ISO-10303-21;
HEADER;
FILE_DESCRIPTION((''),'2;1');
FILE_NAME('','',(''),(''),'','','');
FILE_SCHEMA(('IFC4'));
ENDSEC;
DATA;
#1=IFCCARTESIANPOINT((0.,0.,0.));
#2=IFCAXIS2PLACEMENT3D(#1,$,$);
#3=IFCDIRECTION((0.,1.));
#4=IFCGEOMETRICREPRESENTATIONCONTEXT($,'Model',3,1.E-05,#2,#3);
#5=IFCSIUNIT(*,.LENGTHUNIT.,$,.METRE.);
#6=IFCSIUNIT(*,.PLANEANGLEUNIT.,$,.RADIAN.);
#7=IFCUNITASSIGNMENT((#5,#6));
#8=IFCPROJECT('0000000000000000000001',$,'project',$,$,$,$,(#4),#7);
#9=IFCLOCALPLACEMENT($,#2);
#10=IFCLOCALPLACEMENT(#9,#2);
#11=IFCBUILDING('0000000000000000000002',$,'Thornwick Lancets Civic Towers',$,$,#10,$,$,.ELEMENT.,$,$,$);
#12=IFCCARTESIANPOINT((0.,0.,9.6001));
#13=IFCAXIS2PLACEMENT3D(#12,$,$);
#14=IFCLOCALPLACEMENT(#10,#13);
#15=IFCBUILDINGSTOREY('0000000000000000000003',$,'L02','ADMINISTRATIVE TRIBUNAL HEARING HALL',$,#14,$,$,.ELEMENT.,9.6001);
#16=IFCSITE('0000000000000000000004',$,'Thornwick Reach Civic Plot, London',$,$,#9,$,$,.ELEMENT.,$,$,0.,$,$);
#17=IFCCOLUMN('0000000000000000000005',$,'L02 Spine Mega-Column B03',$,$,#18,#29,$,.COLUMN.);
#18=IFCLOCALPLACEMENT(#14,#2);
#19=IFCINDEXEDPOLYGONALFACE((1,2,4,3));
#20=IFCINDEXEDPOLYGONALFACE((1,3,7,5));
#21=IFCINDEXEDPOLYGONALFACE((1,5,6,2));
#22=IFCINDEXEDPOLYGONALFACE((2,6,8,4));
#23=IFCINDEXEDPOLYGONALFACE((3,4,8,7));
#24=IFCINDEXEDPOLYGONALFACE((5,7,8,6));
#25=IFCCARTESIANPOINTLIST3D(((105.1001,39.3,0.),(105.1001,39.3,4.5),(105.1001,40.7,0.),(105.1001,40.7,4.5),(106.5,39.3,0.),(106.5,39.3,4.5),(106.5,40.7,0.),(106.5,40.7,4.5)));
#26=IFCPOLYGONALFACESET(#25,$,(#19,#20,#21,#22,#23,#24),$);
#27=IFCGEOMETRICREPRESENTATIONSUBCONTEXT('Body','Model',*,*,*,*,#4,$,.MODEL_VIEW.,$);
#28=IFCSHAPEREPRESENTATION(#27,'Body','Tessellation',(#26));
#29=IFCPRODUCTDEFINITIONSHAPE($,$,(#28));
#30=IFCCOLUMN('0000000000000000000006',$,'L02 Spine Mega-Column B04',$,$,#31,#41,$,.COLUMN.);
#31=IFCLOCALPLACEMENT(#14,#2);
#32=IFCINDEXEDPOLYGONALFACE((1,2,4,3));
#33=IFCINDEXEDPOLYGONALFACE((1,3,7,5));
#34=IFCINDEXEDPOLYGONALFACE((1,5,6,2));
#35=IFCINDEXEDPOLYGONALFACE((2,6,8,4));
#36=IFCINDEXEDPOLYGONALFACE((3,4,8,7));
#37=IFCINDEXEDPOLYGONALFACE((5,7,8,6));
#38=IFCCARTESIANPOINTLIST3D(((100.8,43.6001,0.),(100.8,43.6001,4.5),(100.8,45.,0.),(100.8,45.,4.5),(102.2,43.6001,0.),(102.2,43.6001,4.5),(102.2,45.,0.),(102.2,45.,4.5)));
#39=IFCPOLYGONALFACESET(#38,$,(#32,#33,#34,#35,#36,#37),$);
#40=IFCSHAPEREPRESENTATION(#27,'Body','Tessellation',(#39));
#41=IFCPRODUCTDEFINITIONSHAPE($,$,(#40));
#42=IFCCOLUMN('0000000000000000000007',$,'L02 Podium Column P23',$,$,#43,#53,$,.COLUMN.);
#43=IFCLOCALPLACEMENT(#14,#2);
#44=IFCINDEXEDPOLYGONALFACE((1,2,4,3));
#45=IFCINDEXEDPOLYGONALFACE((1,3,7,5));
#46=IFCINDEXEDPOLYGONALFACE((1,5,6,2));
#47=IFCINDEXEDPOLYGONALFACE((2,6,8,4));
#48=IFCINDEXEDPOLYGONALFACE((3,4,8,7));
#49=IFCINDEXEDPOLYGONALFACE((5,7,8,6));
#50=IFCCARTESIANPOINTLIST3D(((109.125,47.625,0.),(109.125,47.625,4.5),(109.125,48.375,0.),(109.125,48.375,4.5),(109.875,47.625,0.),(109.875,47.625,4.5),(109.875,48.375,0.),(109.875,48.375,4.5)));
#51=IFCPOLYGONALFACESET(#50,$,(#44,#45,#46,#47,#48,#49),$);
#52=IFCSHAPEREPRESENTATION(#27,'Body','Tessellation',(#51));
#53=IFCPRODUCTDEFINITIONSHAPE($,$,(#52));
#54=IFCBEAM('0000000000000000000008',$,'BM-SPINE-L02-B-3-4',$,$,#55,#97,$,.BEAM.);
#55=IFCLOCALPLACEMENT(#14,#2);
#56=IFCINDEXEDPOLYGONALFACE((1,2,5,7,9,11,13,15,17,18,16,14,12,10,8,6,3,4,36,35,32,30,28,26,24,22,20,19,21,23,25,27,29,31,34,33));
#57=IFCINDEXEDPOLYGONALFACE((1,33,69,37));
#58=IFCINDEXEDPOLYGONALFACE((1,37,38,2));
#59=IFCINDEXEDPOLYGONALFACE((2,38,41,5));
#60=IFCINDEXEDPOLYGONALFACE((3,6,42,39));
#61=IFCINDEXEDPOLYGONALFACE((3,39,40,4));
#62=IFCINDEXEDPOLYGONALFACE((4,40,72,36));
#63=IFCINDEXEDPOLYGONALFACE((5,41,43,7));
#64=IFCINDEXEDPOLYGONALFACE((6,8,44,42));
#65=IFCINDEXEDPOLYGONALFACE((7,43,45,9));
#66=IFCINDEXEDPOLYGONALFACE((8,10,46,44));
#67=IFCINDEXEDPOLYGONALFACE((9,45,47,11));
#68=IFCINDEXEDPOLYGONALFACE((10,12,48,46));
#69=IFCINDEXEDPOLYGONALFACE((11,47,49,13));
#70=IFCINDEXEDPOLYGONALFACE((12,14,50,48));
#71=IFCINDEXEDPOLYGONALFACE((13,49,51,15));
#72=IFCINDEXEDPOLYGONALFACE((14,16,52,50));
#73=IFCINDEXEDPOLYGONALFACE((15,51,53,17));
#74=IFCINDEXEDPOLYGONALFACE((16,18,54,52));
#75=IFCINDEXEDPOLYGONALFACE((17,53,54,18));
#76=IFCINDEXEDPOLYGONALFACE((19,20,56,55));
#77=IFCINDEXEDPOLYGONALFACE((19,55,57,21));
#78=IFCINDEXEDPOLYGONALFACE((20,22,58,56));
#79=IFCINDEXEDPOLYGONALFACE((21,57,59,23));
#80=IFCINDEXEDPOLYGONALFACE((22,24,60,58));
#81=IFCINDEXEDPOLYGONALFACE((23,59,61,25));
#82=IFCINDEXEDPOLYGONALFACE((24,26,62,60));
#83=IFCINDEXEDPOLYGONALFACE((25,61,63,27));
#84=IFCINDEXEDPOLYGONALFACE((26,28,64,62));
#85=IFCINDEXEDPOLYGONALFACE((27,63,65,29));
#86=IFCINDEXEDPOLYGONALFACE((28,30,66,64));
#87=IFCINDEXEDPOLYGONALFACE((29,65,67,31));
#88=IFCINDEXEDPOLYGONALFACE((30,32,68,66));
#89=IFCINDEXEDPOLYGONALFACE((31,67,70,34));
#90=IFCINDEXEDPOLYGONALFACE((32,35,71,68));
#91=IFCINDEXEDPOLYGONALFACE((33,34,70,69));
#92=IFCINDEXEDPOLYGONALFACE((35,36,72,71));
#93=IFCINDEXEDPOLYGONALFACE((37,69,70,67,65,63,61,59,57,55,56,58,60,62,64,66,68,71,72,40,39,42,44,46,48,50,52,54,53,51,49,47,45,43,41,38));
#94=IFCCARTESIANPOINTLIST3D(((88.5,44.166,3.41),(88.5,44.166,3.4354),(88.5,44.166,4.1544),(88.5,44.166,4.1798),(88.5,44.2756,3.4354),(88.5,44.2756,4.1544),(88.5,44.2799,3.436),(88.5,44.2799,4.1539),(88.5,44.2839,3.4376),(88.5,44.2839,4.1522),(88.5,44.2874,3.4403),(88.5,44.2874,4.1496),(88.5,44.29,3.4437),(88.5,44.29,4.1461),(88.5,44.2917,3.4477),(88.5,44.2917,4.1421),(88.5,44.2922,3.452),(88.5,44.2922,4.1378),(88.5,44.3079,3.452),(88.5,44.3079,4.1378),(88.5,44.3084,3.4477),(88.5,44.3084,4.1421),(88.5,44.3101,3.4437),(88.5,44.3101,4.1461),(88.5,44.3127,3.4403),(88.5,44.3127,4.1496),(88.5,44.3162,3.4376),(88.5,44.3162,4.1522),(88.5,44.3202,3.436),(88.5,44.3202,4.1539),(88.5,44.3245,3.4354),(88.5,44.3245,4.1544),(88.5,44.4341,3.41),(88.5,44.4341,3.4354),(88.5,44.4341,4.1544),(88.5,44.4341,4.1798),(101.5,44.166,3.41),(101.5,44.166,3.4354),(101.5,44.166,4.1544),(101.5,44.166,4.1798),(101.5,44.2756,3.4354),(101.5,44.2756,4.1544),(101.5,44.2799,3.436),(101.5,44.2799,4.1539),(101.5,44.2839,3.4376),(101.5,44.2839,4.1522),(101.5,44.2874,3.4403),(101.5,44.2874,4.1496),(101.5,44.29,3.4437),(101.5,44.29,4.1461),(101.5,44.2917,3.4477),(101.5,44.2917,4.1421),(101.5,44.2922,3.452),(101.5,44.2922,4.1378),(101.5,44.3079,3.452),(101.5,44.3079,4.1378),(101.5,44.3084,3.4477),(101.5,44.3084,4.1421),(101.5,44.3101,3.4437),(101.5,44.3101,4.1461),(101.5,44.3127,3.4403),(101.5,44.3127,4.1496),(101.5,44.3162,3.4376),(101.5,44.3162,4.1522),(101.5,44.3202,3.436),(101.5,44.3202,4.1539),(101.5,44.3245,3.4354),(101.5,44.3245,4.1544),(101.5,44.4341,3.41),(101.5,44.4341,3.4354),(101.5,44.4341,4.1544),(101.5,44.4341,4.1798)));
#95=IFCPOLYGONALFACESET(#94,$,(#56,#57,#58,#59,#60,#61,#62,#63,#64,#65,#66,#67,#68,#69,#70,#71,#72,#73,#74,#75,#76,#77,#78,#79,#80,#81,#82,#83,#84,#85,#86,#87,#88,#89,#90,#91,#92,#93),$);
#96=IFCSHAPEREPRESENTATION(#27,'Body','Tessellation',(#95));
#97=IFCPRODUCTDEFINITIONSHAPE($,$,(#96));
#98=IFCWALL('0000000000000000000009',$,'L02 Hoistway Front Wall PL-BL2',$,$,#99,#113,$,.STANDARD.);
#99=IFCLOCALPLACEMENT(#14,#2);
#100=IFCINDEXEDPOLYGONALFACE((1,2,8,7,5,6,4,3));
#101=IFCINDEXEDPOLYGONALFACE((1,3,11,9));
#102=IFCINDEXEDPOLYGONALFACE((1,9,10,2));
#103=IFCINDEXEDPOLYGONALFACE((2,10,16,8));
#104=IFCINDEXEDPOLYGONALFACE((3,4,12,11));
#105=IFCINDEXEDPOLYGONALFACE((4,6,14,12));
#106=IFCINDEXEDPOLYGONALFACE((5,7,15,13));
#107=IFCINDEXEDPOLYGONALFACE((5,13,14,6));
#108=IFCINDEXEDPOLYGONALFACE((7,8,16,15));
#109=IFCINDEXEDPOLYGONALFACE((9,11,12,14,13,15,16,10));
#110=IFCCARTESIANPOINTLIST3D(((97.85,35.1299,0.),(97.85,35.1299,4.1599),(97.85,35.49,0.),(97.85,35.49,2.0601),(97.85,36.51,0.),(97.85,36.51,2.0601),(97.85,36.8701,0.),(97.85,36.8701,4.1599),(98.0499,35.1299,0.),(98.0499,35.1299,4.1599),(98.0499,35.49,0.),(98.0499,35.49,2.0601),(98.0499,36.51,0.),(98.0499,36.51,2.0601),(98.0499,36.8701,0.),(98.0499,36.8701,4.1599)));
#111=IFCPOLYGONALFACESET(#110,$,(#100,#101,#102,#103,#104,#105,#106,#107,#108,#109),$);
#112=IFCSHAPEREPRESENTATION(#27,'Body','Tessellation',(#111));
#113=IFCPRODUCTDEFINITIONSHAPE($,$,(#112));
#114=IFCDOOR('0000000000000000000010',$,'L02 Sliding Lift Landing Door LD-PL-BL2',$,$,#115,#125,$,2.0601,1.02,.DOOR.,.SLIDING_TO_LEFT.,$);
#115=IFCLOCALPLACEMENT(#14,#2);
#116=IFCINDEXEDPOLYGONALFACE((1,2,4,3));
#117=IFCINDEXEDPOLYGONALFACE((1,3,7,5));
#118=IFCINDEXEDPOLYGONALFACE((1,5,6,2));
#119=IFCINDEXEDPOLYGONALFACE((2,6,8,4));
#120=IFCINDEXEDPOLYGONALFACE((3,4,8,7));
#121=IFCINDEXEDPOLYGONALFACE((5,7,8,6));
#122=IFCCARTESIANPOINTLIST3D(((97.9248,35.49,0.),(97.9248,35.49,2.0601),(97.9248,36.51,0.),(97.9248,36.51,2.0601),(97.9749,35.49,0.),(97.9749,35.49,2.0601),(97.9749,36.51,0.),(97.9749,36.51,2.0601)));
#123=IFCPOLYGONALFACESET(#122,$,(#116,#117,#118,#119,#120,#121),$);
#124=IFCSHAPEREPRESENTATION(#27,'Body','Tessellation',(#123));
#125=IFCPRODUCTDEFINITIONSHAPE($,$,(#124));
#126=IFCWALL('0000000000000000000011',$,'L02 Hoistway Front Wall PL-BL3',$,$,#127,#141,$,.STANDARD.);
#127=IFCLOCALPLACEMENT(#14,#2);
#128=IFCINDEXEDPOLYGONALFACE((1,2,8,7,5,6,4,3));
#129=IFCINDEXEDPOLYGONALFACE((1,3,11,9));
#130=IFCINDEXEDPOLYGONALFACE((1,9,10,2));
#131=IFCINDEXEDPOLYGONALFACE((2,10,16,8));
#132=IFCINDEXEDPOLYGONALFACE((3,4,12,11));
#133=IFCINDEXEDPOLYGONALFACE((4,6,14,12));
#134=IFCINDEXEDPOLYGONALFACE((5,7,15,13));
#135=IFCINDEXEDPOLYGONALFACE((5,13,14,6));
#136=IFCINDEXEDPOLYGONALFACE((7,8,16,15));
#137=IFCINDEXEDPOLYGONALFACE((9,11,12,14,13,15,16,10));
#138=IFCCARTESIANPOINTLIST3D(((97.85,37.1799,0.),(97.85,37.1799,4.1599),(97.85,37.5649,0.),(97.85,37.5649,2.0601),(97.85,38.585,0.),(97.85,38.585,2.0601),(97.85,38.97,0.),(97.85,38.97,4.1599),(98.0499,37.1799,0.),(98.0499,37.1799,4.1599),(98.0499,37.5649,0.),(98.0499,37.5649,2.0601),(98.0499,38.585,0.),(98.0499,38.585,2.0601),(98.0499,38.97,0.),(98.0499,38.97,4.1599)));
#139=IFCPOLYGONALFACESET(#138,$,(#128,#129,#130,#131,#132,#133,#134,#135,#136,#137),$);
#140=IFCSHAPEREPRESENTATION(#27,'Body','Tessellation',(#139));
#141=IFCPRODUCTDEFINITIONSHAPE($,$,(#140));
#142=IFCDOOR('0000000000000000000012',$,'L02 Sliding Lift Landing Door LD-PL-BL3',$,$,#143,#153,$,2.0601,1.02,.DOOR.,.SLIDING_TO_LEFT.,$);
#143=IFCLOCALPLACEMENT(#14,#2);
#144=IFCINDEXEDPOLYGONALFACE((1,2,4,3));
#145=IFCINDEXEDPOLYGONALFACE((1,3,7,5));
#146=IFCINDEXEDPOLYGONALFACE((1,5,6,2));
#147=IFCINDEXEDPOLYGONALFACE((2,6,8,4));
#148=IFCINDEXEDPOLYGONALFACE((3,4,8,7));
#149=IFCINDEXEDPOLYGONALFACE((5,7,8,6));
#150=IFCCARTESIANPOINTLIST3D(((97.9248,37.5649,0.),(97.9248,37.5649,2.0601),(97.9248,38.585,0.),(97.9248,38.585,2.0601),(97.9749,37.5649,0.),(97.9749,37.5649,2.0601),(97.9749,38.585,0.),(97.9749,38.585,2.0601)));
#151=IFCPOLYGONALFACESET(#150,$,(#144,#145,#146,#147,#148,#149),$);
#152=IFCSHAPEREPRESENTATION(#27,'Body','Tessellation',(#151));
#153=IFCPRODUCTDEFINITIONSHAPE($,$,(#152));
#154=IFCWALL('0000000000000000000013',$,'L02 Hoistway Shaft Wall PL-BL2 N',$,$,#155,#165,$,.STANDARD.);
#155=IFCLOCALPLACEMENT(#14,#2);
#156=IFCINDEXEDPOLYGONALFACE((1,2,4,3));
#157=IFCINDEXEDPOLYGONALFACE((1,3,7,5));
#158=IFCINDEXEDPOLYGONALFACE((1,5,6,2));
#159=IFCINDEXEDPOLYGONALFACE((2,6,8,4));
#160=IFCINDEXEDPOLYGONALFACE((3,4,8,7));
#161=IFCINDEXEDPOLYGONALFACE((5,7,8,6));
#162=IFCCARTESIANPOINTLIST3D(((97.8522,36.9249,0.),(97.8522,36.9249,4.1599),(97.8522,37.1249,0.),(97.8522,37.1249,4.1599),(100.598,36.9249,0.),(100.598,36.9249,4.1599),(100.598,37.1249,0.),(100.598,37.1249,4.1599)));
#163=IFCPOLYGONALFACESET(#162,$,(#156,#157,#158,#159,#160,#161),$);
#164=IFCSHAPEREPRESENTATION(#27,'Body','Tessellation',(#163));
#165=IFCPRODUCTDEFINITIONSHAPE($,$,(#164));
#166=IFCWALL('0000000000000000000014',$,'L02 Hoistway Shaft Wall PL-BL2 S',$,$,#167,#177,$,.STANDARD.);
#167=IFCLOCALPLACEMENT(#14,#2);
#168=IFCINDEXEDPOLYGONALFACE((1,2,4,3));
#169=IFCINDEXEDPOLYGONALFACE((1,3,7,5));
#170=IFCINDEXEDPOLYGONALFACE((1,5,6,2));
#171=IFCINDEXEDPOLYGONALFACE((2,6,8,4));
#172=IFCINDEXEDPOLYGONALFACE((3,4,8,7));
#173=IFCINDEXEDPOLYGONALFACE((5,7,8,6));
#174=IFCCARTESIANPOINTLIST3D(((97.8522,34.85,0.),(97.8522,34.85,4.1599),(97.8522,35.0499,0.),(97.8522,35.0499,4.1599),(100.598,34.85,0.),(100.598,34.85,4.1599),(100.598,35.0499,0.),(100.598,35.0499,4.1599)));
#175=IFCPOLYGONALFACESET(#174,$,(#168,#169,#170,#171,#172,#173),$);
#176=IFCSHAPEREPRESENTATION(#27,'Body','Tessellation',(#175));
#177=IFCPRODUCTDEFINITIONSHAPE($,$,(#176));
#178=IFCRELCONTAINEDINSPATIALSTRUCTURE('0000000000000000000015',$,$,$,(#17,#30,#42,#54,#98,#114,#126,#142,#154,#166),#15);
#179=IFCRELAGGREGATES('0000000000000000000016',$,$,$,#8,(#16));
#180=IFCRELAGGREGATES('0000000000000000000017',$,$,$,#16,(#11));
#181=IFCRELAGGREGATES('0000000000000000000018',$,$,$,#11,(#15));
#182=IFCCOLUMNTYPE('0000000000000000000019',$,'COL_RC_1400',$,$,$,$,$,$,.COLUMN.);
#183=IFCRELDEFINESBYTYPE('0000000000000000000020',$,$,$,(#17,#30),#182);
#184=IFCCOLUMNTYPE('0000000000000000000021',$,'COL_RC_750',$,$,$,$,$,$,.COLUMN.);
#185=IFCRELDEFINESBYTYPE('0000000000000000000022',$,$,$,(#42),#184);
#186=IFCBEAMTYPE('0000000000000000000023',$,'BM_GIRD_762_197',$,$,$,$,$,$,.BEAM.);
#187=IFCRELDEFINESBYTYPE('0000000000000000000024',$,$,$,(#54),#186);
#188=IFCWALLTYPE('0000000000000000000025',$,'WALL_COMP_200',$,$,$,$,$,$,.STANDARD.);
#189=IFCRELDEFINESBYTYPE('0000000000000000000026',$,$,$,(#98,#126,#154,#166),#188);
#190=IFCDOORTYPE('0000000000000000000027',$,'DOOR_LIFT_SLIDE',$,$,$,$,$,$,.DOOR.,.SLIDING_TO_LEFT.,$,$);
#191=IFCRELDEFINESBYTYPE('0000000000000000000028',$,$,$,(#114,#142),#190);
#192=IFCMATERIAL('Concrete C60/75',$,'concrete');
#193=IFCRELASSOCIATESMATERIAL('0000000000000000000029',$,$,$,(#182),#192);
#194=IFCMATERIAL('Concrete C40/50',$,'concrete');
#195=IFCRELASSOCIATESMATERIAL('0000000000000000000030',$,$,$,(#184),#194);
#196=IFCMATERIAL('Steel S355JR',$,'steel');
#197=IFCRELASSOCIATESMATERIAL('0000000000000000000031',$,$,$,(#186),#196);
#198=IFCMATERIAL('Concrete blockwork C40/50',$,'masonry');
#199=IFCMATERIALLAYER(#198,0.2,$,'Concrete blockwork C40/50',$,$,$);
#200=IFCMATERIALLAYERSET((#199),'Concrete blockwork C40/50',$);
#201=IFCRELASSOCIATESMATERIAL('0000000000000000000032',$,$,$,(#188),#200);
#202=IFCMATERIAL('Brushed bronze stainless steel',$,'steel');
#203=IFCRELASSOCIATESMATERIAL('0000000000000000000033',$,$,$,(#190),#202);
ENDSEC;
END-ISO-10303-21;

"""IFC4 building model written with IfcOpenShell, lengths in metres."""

from ifc_helpers import new_model, si_unit, direction, frame, frame_2d, origin, origin_2d, place, context, subcontext, project, spatial, rectangle, i_section, extrude, material, layer, layer_set, material_profile, profile_set, type_object, element, fill, save


model = new_model("IFC4")

# Units and contexts
model_context = context("Model", 3, precision=1e-05, world=origin(), true_north=direction((0.0, 1.0)))
body_context = subcontext(model_context, "Body", "Model", "MODEL_VIEW")
ifc_project = project(units=[si_unit("LENGTHUNIT", "METRE"), si_unit("PLANEANGLEUNIT", "RADIAN")], contexts=[model_context])

# Site, building, storey
site_placement = place(None, origin())
site = spatial("IfcSite", under=ifc_project, at=site_placement, Name="Thornwick Reach Civic Plot, London", CompositionType="ELEMENT", RefElevation=0.0)
building_placement = place(site_placement, origin())
building = spatial("IfcBuilding", under=site, at=building_placement, Name="Thornwick Lancets Civic Towers", CompositionType="ELEMENT")
storey_placement = place(building_placement, frame((0.0, 0.0, 9.6001)))
storey = spatial("IfcBuildingStorey", under=building, at=storey_placement, Name="L02", Description="ADMINISTRATIVE TRIBUNAL HEARING HALL", CompositionType="ELEMENT", Elevation=9.6001)

# Columns
ifc_material_1 = material(Name="Concrete C60/75", Category="concrete")
ifc_material_profile_1 = material_profile(ifc_material_1, rectangle(XDim=1.3999, YDim=1.3999, at=origin_2d()), Name="RC 1400x1400")
ifc_profile_set_1 = profile_set([ifc_material_profile_1], Name="Concrete C60/75")
column_type_1 = type_object("IfcColumnType", Name="COL_RC_1400", PredefinedType="COLUMN", material=ifc_profile_set_1)
for number, where, z_axis, x_axis, name in (
    (1, (105.8, 40.0, 0.0), (0.0, 0.0, 1.0), (1.0, 0.0, 0.0), "L02 Spine Mega-Column B03"),
    (2, (101.5, 44.3, 0.0), (0.0, 0.0, 1.0), (1.0, 0.0, 0.0), "L02 Spine Mega-Column B04"),
):
    element("IfcColumn", number, at=place(storey_placement, frame(where, z_axis=z_axis, x_axis=x_axis)), inside=storey, type_object=column_type_1, Name=name, PredefinedType="COLUMN", context=body_context, shape_type="SweptSolid", body=[
        extrude(rectangle(XDim=1.3999, YDim=1.3999, at=origin_2d()), origin(), (0.0, 0.0, 1.0), 4.5),
    ])
ifc_material_2 = material(Name="Concrete C40/50", Category="concrete")
ifc_material_profile_2 = material_profile(ifc_material_2, rectangle(XDim=0.75, YDim=0.75, at=origin_2d()), Name="RC 750x750")
ifc_profile_set_2 = profile_set([ifc_material_profile_2], Name="Concrete C40/50")
column_type_2 = type_object("IfcColumnType", Name="COL_RC_750", PredefinedType="COLUMN", material=ifc_profile_set_2)
column_placement = place(storey_placement, frame((109.5, 48.0, 0.0), z_axis=(0.0, 0.0, 1.0), x_axis=(1.0, 0.0, 0.0)))
element("IfcColumn", 3, at=column_placement, inside=storey, type_object=column_type_2, Name="L02 Podium Column P23", PredefinedType="COLUMN", context=body_context, shape_type="SweptSolid", body=[
    extrude(rectangle(XDim=0.75, YDim=0.75, at=origin_2d()), origin(), (0.0, 0.0, 1.0), 4.5),
])

# Beam
ifc_material_3 = material(Name="Steel S355JR", Category="steel")
ifc_material_profile_3 = material_profile(ifc_material_3, i_section(OverallWidth=0.2681, OverallDepth=0.7698, WebThickness=0.0156, FlangeThickness=0.0254, FilletRadius=0.0166, at=origin_2d()), Name="UKB 762x267x197")
ifc_profile_set_3 = profile_set([ifc_material_profile_3], Name="Steel S355JR")
beam_type = type_object("IfcBeamType", Name="BM_GIRD_762_197", PredefinedType="BEAM", material=ifc_profile_set_3)
beam_placement = place(storey_placement, frame((101.5, 44.3, 3.7949), z_axis=(-1.0, 0.0, 0.0), x_axis=(0.0, -1.0, 0.0)))
element("IfcBeam", 4, at=beam_placement, inside=storey, type_object=beam_type, Name="BM-SPINE-L02-B-3-4", PredefinedType="BEAM", context=body_context, shape_type="SweptSolid", body=[
    extrude(i_section(OverallWidth=0.2681, OverallDepth=0.7698, WebThickness=0.0156, FlangeThickness=0.0254, FilletRadius=0.0166, at=origin_2d()), origin(), (0.0, 0.0, 1.0), 13.0),
])

# Walls, openings, doors
ifc_material_4 = material(Name="Concrete blockwork C40/50", Category="masonry")
ifc_layer_1 = layer(ifc_material_4, 0.2, Name="Concrete blockwork C40/50")
ifc_layer_set_1 = layer_set([ifc_layer_1], Name="Concrete blockwork C40/50")
wall_type_1 = type_object("IfcWallType", Name="WALL_COMP_200", PredefinedType="STANDARD", material=ifc_layer_set_1)
wall_1_placement = place(storey_placement, frame((97.95, 36.8701, 0.0), z_axis=(0.0, 0.0, 1.0), x_axis=(0.0, -1.0, 0.0)))
wall_1 = element("IfcWall", 5, at=wall_1_placement, inside=storey, type_object=wall_type_1, Name="L02 Hoistway Front Wall PL-BL2", PredefinedType="STANDARD", context=body_context, shape_type="SweptSolid", body=[
    extrude(rectangle(XDim=1.7402, YDim=0.2, at=frame_2d((0.8701, 0.0))), origin(), (0.0, 0.0, 1.0), 4.1599),
])
opening_1_placement = place(wall_1_placement, frame((0.3601, 0.0, 0.0)))
opening_1 = element("IfcOpeningElement", 6, at=opening_1_placement, cuts=wall_1, PredefinedType="OPENING", context=body_context, shape_type="SweptSolid", body=[
    extrude(rectangle(XDim=1.02, YDim=2.0601, at=frame_2d((0.51, 1.03))), frame((0.0, 0.1099, 0.0), z_axis=(0.0, -1.0, 0.0), x_axis=(1.0, 0.0, 0.0)), (0.0, 0.0, 1.0), 0.22),
])
ifc_material_5 = material(Name="Brushed bronze stainless steel", Category="steel")
door_type_1 = type_object("IfcDoorType", Name="DOOR_LIFT_SLIDE", OperationType="SLIDING_TO_LEFT", PredefinedType="DOOR", material=ifc_material_5)
door_1_placement = place(opening_1_placement, origin())
door_1 = element("IfcDoor", 7, at=door_1_placement, inside=storey, type_object=door_type_1, Name="L02 Sliding Lift Landing Door LD-PL-BL2", OperationType="SLIDING_TO_LEFT", OverallHeight=2.0601, OverallWidth=1.02, PredefinedType="DOOR", context=body_context, shape_type="SweptSolid", body=[
    extrude(rectangle(XDim=1.02, YDim=2.0601, at=frame_2d((0.51, 1.03))), frame((0.0, 0.0249, 0.0), z_axis=(0.0, -1.0, 0.0), x_axis=(1.0, 0.0, 0.0)), (0.0, 0.0, 1.0), 0.05),
])
fill(opening_1, door_1)
wall_2_placement = place(storey_placement, frame((97.95, 38.97, 0.0), z_axis=(0.0, 0.0, 1.0), x_axis=(0.0, -1.0, 0.0)))
wall_2 = element("IfcWall", 8, at=wall_2_placement, inside=storey, type_object=wall_type_1, Name="L02 Hoistway Front Wall PL-BL3", PredefinedType="STANDARD", context=body_context, shape_type="SweptSolid", body=[
    extrude(rectangle(XDim=1.79, YDim=0.2, at=frame_2d((0.895, 0.0))), origin(), (0.0, 0.0, 1.0), 4.1599),
])
opening_2_placement = place(wall_2_placement, frame((0.385, 0.0, 0.0)))
opening_2 = element("IfcOpeningElement", 9, at=opening_2_placement, cuts=wall_2, PredefinedType="OPENING", context=body_context, shape_type="SweptSolid", body=[
    extrude(rectangle(XDim=1.02, YDim=2.0601, at=frame_2d((0.51, 1.03))), frame((0.0, 0.1099, 0.0), z_axis=(0.0, -1.0, 0.0), x_axis=(1.0, 0.0, 0.0)), (0.0, 0.0, 1.0), 0.22),
])
door_2_placement = place(opening_2_placement, origin())
door_2 = element("IfcDoor", 10, at=door_2_placement, inside=storey, type_object=door_type_1, Name="L02 Sliding Lift Landing Door LD-PL-BL3", OperationType="SLIDING_TO_LEFT", OverallHeight=2.0601, OverallWidth=1.02, PredefinedType="DOOR", context=body_context, shape_type="SweptSolid", body=[
    extrude(rectangle(XDim=1.02, YDim=2.0601, at=frame_2d((0.51, 1.03))), frame((0.0, 0.0249, 0.0), z_axis=(0.0, -1.0, 0.0), x_axis=(1.0, 0.0, 0.0)), (0.0, 0.0, 1.0), 0.05),
])
fill(opening_2, door_2)

# Walls
for number, where, z_axis, x_axis, name in (
    (11, (97.8521, 37.0249, 0.0), (0.0, 0.0, 1.0), (1.0, 0.0, 0.0), "L02 Hoistway Shaft Wall PL-BL2 N"),
    (12, (97.8521, 34.95, 0.0), (0.0, 0.0, 1.0), (1.0, 0.0, 0.0), "L02 Hoistway Shaft Wall PL-BL2 S"),
):
    element("IfcWall", number, at=place(storey_placement, frame(where, z_axis=z_axis, x_axis=x_axis)), inside=storey, type_object=wall_type_1, Name=name, PredefinedType="STANDARD", context=body_context, shape_type="SweptSolid", body=[
        extrude(rectangle(XDim=2.7458, YDim=0.2, at=frame_2d((1.373, 0.0))), origin(), (0.0, 0.0, 1.0), 4.1599),
    ])

save(model, "model.ifc")
